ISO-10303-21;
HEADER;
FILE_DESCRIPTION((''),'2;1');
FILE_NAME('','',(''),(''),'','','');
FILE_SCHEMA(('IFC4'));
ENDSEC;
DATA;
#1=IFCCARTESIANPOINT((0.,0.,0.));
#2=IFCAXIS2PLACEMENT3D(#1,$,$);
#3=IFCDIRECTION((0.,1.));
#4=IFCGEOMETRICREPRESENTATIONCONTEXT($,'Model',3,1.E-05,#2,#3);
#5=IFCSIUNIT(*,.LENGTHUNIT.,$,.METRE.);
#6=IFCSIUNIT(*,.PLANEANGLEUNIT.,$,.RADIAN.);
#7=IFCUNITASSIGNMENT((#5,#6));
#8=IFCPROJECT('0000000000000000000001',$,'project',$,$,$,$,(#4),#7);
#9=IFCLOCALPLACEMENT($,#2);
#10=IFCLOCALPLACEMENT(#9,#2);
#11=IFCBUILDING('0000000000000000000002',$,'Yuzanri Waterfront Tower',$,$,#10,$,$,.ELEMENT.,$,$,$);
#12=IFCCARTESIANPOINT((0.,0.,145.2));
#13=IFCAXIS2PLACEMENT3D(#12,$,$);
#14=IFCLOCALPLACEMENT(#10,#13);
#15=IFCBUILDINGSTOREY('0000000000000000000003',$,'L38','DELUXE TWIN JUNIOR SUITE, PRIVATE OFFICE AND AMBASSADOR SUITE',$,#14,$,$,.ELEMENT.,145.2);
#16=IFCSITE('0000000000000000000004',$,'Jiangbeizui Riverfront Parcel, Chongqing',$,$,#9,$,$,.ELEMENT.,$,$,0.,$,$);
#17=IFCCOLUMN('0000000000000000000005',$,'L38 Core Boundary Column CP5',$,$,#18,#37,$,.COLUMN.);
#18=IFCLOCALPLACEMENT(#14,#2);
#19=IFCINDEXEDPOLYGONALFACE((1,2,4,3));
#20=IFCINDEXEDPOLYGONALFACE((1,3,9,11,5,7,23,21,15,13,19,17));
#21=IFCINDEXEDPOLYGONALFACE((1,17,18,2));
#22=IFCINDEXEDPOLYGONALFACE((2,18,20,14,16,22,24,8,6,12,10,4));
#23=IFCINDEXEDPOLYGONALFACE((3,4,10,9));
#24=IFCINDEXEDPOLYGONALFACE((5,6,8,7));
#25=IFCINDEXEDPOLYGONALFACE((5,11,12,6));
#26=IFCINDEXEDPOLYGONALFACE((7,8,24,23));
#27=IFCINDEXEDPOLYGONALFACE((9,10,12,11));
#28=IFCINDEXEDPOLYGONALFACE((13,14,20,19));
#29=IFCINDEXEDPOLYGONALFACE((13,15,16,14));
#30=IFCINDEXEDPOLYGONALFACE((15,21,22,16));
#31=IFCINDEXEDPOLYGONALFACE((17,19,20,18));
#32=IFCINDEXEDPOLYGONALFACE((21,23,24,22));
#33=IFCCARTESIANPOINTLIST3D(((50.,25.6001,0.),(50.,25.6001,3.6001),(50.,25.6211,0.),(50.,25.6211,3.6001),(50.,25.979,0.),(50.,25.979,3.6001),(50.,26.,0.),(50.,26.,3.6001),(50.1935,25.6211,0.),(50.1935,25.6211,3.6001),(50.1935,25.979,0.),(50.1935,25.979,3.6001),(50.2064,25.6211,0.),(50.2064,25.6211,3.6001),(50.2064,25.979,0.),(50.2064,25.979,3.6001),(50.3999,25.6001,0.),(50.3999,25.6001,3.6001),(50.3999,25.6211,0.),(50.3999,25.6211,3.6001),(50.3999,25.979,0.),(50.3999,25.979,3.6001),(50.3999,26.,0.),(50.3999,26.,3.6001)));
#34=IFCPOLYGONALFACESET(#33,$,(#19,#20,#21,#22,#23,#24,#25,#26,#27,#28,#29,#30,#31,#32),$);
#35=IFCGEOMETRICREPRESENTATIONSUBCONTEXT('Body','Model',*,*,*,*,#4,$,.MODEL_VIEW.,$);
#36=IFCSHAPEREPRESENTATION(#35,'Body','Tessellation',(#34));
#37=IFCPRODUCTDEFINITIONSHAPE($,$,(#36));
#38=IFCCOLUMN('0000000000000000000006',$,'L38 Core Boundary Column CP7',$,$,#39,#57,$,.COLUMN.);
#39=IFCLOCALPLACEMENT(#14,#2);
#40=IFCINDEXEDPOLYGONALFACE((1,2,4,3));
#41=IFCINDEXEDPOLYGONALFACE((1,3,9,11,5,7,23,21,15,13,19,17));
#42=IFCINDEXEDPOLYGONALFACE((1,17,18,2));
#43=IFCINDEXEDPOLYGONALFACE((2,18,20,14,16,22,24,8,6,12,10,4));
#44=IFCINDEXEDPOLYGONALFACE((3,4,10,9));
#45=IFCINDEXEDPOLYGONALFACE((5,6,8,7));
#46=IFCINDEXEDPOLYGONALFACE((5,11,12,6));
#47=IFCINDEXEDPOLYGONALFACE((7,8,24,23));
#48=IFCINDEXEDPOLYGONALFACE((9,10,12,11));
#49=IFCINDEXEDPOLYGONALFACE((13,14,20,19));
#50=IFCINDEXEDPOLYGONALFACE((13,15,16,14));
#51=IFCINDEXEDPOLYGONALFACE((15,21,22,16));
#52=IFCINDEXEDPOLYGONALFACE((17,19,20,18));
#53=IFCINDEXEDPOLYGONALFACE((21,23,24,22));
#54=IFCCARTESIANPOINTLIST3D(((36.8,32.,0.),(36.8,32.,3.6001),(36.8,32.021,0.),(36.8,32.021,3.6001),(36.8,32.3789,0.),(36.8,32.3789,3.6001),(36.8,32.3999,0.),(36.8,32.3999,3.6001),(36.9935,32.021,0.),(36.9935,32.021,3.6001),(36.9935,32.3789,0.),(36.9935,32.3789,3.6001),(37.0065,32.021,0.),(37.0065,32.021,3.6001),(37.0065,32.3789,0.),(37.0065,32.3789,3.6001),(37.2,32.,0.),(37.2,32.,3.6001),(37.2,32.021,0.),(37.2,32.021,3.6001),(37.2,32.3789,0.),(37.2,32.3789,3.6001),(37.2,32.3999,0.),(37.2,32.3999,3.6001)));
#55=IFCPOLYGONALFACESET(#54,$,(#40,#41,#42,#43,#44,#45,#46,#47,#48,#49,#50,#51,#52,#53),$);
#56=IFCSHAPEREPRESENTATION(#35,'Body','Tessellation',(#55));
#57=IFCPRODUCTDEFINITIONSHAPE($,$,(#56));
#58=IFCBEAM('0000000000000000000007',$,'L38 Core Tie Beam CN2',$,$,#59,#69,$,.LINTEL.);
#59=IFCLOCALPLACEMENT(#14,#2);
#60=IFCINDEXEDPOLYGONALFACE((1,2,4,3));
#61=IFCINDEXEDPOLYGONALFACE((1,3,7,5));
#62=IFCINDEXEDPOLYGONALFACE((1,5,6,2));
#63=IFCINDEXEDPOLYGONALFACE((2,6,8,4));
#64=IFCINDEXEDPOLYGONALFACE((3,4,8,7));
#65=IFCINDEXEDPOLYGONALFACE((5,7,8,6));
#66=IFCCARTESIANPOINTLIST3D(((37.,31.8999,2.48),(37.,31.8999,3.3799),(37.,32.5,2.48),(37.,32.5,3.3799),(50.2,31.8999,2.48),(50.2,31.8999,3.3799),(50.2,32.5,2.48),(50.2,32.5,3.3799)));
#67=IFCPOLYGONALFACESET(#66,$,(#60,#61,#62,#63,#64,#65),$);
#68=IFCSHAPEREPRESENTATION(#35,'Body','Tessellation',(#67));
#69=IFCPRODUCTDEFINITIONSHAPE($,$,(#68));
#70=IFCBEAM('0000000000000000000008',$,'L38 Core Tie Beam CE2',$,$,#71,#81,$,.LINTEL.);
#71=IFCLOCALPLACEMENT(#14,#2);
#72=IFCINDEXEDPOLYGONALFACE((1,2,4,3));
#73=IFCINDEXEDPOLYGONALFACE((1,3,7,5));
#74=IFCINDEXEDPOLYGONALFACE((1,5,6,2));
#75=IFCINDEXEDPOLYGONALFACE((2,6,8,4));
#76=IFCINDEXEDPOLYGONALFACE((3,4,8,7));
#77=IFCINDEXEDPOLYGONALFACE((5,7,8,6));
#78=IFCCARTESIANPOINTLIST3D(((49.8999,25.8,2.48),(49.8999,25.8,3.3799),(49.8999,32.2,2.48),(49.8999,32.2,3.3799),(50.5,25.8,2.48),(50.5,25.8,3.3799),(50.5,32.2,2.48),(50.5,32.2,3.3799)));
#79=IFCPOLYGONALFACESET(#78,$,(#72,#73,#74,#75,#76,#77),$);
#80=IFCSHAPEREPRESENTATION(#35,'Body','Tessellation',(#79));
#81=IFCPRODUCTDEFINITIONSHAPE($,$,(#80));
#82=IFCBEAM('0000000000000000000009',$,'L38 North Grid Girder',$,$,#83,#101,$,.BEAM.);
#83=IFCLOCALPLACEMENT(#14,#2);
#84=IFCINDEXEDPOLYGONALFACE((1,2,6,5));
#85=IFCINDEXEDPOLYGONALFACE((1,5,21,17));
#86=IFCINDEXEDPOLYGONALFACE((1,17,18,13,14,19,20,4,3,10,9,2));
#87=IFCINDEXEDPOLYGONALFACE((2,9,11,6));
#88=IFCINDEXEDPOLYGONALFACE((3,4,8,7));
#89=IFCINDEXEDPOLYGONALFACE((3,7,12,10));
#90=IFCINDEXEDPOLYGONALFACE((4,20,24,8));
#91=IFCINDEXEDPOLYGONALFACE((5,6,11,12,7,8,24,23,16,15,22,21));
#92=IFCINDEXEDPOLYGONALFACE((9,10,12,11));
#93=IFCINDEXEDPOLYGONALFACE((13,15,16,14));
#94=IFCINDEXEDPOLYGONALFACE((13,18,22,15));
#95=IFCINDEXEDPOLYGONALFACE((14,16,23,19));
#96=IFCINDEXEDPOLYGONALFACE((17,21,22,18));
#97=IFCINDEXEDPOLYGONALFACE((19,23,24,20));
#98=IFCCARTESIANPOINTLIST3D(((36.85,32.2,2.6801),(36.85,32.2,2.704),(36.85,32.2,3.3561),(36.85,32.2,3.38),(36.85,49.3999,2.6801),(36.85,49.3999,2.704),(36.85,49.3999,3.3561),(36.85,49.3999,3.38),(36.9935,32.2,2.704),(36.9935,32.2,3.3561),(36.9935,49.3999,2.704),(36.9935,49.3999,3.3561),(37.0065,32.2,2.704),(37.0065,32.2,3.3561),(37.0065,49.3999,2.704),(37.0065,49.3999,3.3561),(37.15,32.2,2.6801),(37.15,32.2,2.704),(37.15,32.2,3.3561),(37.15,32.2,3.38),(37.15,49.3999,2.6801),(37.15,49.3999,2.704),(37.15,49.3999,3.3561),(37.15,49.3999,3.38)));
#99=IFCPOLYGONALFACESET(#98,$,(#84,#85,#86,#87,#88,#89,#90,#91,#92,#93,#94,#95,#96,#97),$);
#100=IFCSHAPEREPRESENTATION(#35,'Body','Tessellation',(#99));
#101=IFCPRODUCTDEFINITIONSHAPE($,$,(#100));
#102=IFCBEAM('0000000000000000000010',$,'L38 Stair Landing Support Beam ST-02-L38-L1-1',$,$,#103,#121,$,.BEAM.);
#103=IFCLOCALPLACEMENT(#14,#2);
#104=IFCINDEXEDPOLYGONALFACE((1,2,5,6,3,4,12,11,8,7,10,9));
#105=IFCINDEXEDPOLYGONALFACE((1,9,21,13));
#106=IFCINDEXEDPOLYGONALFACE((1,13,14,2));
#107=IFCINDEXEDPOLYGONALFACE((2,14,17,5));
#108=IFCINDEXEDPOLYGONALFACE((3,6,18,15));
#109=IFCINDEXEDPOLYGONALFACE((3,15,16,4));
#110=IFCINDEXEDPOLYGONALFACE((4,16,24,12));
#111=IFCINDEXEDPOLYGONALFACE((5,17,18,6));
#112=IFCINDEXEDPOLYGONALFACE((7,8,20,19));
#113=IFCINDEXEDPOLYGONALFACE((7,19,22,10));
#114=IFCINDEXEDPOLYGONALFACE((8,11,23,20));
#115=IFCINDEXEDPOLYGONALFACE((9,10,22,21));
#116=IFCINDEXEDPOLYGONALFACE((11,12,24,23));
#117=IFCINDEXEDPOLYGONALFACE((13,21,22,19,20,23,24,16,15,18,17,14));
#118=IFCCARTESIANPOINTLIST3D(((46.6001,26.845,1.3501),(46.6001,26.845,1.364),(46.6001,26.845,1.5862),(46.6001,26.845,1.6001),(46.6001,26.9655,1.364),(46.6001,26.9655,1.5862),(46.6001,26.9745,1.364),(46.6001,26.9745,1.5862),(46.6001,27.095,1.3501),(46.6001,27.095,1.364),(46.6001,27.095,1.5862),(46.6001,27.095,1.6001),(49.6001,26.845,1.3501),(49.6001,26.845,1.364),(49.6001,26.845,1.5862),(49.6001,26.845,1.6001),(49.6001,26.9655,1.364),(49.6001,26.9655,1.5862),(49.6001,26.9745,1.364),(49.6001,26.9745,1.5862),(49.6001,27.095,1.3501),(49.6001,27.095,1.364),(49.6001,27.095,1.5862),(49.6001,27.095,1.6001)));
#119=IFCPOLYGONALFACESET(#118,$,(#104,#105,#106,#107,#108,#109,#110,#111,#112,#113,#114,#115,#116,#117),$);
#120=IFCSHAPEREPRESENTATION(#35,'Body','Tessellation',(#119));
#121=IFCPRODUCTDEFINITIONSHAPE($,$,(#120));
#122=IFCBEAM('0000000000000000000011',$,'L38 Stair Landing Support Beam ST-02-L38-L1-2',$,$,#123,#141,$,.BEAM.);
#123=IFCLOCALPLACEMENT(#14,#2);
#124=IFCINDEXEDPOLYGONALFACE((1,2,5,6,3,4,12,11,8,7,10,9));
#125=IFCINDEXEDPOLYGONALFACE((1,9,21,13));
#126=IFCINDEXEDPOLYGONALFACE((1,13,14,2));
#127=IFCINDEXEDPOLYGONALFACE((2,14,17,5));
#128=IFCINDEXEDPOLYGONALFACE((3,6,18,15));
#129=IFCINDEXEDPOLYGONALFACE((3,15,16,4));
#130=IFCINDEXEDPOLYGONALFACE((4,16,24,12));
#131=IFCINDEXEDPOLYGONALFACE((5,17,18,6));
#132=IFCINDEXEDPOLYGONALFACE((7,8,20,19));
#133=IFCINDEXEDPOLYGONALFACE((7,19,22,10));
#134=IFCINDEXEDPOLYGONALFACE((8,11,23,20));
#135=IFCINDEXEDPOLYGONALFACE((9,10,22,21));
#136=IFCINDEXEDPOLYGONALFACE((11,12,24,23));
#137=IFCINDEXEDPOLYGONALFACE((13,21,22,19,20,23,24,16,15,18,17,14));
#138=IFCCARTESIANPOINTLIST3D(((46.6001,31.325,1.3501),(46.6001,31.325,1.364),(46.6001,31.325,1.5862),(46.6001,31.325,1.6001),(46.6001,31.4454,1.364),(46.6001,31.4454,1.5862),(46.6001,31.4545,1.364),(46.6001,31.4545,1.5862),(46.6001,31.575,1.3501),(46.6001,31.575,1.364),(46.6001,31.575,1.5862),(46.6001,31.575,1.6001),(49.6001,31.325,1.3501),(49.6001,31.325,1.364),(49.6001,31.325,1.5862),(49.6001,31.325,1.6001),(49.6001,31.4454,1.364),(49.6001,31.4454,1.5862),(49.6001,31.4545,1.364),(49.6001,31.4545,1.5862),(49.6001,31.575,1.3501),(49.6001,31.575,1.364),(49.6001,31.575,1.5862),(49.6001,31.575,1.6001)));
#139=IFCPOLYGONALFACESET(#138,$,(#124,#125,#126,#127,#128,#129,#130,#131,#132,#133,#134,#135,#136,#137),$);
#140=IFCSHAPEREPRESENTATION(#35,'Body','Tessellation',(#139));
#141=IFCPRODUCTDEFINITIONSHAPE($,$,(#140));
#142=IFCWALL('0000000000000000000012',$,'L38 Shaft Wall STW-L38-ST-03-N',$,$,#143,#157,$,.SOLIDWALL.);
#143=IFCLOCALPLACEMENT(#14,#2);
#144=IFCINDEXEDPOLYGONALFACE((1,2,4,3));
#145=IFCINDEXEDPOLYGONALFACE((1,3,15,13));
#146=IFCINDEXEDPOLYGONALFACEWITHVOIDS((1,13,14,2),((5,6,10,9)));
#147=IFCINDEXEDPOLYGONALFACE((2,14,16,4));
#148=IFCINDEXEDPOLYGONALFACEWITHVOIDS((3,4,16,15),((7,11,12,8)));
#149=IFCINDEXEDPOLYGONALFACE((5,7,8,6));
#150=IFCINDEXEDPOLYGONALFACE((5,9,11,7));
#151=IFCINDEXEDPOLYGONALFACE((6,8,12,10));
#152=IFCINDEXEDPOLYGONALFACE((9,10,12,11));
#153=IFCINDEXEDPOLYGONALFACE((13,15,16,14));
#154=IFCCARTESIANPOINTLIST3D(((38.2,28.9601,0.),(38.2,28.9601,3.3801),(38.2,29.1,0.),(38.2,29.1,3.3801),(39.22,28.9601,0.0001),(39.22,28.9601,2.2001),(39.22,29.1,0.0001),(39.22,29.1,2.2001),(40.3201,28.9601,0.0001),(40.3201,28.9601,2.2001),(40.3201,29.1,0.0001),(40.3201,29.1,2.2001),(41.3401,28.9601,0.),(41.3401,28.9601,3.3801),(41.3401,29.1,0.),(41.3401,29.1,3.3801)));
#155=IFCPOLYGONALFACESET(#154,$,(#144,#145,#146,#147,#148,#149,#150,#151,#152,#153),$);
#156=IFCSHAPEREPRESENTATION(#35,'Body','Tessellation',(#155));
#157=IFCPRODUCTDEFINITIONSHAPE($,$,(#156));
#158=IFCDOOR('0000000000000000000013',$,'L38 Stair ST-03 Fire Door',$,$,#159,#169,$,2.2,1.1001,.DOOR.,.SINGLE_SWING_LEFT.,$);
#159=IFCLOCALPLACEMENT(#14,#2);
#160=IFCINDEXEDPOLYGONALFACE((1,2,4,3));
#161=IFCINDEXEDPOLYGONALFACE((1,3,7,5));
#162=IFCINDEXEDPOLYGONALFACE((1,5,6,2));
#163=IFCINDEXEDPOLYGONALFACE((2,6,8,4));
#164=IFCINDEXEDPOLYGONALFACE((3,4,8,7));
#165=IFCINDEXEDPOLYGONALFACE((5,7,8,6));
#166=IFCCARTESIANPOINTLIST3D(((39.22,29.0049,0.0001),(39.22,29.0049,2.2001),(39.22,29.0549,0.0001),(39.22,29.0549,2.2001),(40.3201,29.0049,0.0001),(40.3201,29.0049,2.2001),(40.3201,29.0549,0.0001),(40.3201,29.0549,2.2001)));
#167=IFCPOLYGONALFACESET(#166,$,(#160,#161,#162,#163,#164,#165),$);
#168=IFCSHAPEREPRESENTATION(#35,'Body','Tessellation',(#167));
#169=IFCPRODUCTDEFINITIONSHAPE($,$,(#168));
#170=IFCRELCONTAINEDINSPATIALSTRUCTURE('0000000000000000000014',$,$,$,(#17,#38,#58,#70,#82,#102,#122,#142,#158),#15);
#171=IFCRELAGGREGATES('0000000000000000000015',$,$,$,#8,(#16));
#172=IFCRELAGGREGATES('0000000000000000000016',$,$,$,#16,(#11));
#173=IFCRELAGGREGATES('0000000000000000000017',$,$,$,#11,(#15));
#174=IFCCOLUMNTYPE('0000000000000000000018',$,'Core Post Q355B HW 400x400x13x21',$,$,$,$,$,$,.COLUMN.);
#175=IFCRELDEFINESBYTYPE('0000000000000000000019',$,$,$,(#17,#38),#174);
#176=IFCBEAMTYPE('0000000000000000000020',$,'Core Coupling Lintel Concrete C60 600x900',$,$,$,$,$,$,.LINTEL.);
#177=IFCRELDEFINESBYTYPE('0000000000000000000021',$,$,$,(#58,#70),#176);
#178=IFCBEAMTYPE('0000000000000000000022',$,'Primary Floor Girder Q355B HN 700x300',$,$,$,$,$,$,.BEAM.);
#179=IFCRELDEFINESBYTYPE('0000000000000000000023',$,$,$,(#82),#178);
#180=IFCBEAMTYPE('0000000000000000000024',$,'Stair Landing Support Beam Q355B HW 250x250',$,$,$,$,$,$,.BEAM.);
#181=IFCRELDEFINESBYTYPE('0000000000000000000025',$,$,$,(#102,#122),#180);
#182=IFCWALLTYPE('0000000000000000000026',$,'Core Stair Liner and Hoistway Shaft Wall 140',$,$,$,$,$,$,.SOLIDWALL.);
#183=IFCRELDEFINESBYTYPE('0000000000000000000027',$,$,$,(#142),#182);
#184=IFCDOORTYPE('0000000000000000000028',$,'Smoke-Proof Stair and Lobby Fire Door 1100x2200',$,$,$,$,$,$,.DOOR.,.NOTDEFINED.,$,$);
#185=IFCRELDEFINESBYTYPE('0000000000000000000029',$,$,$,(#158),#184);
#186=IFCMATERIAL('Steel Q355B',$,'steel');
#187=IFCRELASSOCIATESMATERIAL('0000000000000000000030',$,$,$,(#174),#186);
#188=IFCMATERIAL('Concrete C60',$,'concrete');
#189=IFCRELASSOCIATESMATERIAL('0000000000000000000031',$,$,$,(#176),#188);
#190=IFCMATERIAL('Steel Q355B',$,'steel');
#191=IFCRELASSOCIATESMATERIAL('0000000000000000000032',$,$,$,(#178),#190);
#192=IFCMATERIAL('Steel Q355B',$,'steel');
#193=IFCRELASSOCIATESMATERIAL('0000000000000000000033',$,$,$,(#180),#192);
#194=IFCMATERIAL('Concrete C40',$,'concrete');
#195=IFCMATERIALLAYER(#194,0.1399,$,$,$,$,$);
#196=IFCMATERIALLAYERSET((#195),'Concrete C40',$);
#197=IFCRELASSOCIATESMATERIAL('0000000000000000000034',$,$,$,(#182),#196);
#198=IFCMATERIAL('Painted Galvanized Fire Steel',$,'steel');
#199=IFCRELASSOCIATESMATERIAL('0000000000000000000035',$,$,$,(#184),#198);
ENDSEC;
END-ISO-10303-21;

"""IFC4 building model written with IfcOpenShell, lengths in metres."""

from ifc_helpers import new_model, si_unit, direction, frame, frame_2d, origin, origin_2d, place, context, subcontext, project, spatial, rectangle, i_section, extrude, source, transform, mapped, material, layer, layer_set, material_profile, profile_set, type_object, element, fill, save


model = new_model("IFC4")

# Units and contexts
model_context = context("Model", 3, precision=1e-05, world=origin(), true_north=direction((0.0, 1.0)))
body_context = subcontext(model_context, "Body", "Model", "MODEL_VIEW")
ifc_project = project(units=[si_unit("LENGTHUNIT", "METRE"), si_unit("PLANEANGLEUNIT", "RADIAN")], contexts=[model_context])

# Site, building, storey
site_placement = place(None, origin())
site = spatial("IfcSite", under=ifc_project, at=site_placement, Name="Jiangbeizui Riverfront Parcel, Chongqing", CompositionType="ELEMENT", RefElevation=0.0)
building_placement = place(site_placement, origin())
building = spatial("IfcBuilding", under=site, at=building_placement, Name="Yuzanri Waterfront Tower", CompositionType="ELEMENT")
storey_placement = place(building_placement, frame((0.0, 0.0, 145.2)))
storey = spatial("IfcBuildingStorey", under=building, at=storey_placement, Name="L38", Description="DELUXE TWIN JUNIOR SUITE, PRIVATE OFFICE AND AMBASSADOR SUITE", CompositionType="ELEMENT", Elevation=145.2)

# Columns
ifc_material_1 = material(Name="Steel Q355B", Category="steel")
ifc_material_profile_1 = material_profile(ifc_material_1, i_section(OverallWidth=0.3999, OverallDepth=0.3999, WebThickness=0.0129, FlangeThickness=0.021, at=origin_2d()), Name="HW 400x400x13x21")
ifc_profile_set_1 = profile_set([ifc_material_profile_1], Name="Steel Q355B")
column_type = type_object("IfcColumnType", Name="Core Post Q355B HW 400x400x13x21", PredefinedType="COLUMN", material=ifc_profile_set_1)
shared_shape_1 = source(origin(), body_context, "Body", "SweptSolid", [
    extrude(i_section(OverallWidth=0.3999, OverallDepth=0.3999, WebThickness=0.0129, FlangeThickness=0.021, at=origin_2d()), origin(), (0.0, 0.0, 1.0), 3.6001),
])
for number, where, z_axis, x_axis, name in (
    (1, (50.2, 25.8, 0.0), (0.0, 0.0, 1.0), (1.0, 0.0, 0.0), "L38 Core Boundary Column CP5"),
    (2, (37.0, 32.2, 0.0), (0.0, 0.0, 1.0), (1.0, 0.0, 0.0), "L38 Core Boundary Column CP7"),
):
    element("IfcColumn", number, at=place(storey_placement, frame(where, z_axis=z_axis, x_axis=x_axis)), inside=storey, type_object=column_type, Name=name, PredefinedType="COLUMN", context=body_context, shape_type="MappedRepresentation", body=[
        mapped(shared_shape_1, transform((0.0, 0.0, 0.0), scale=1.0)),
    ])

# Beams
ifc_material_2 = material(Name="Concrete C60", Category="concrete")
ifc_material_profile_2 = material_profile(ifc_material_2, rectangle(XDim=0.6001, YDim=0.8999, at=origin_2d()), Name="RC 600x900")
ifc_profile_set_2 = profile_set([ifc_material_profile_2], Name="Concrete C60")
beam_type_1 = type_object("IfcBeamType", Name="Core Coupling Lintel Concrete C60 600x900", PredefinedType="LINTEL", material=ifc_profile_set_2)
shared_shape_2 = source(origin(), body_context, "Body", "SweptSolid", [
    extrude(rectangle(XDim=0.6001, YDim=0.8999, at=origin_2d()), origin(), (0.0, 0.0, 1.0), 13.2),
])
beam_1_placement = place(storey_placement, frame((37.0, 32.2, 2.9299), z_axis=(1.0, 0.0, 0.0), x_axis=(0.0, 1.0, 0.0)))
element("IfcBeam", 3, at=beam_1_placement, inside=storey, type_object=beam_type_1, Name="L38 Core Tie Beam CN2", PredefinedType="LINTEL", context=body_context, shape_type="MappedRepresentation", body=[
    mapped(shared_shape_2, transform((0.0, 0.0, 0.0), scale=1.0)),
])
shared_shape_3 = source(origin(), body_context, "Body", "SweptSolid", [
    extrude(rectangle(XDim=0.6001, YDim=0.8999, at=origin_2d()), origin(), (0.0, 0.0, 1.0), 6.3999),
])
beam_2_placement = place(storey_placement, frame((50.2, 25.8, 2.9299), z_axis=(0.0, 1.0, 0.0), x_axis=(-1.0, 0.0, 0.0)))
element("IfcBeam", 4, at=beam_2_placement, inside=storey, type_object=beam_type_1, Name="L38 Core Tie Beam CE2", PredefinedType="LINTEL", context=body_context, shape_type="MappedRepresentation", body=[
    mapped(shared_shape_3, transform((0.0, 0.0, 0.0), scale=1.0)),
])
ifc_material_3 = material(Name="Steel Q355B", Category="steel")
ifc_material_profile_3 = material_profile(ifc_material_3, i_section(OverallWidth=0.3, OverallDepth=0.7, WebThickness=0.0129, FlangeThickness=0.0239, at=origin_2d()), Name="HN 700x300x13x24")
ifc_profile_set_3 = profile_set([ifc_material_profile_3], Name="Steel Q355B")
beam_type_2 = type_object("IfcBeamType", Name="Primary Floor Girder Q355B HN 700x300", PredefinedType="BEAM", material=ifc_profile_set_3)
shared_shape_4 = source(origin(), body_context, "Body", "SweptSolid", [
    extrude(i_section(OverallWidth=0.3, OverallDepth=0.7, WebThickness=0.0129, FlangeThickness=0.0239, at=origin_2d()), origin(), (0.0, 0.0, 1.0), 17.2),
])
beam_3_placement = place(storey_placement, frame((37.0, 32.2, 3.03), z_axis=(0.0, 1.0, 0.0), x_axis=(-1.0, 0.0, 0.0)))
element("IfcBeam", 5, at=beam_3_placement, inside=storey, type_object=beam_type_2, Name="L38 North Grid Girder", PredefinedType="BEAM", context=body_context, shape_type="MappedRepresentation", body=[
    mapped(shared_shape_4, transform((0.0, 0.0, 0.0), scale=1.0)),
])
ifc_material_4 = material(Name="Steel Q355B", Category="steel")
ifc_material_profile_4 = material_profile(ifc_material_4, i_section(OverallWidth=0.25, OverallDepth=0.25, WebThickness=0.009, FlangeThickness=0.0139, at=origin_2d()), Name="HW 250x250x9x14")
ifc_profile_set_4 = profile_set([ifc_material_profile_4], Name="Steel Q355B")
beam_type_3 = type_object("IfcBeamType", Name="Stair Landing Support Beam Q355B HW 250x250", PredefinedType="BEAM", material=ifc_profile_set_4)
shared_shape_5 = source(origin(), body_context, "Body", "SweptSolid", [
    extrude(i_section(OverallWidth=0.25, OverallDepth=0.25, WebThickness=0.009, FlangeThickness=0.0139, at=origin_2d()), origin(), (0.0, 0.0, 1.0), 3.0),
])
for number, where, z_axis, x_axis, name in (
    (6, (46.6001, 26.97, 1.4751), (1.0, 0.0, 0.0), (0.0, 1.0, 0.0), "L38 Stair Landing Support Beam ST-02-L38-L1-1"),
    (7, (46.6001, 31.45, 1.4751), (1.0, 0.0, 0.0), (0.0, 1.0, 0.0), "L38 Stair Landing Support Beam ST-02-L38-L1-2"),
):
    element("IfcBeam", number, at=place(storey_placement, frame(where, z_axis=z_axis, x_axis=x_axis)), inside=storey, type_object=beam_type_3, Name=name, PredefinedType="BEAM", context=body_context, shape_type="MappedRepresentation", body=[
        mapped(shared_shape_5, transform((0.0, 0.0, 0.0), scale=1.0)),
    ])

# Wall, opening, door
ifc_material_5 = material(Name="Concrete C40", Category="concrete")
ifc_layer_1 = layer(ifc_material_5, 0.1399)
ifc_layer_set_1 = layer_set([ifc_layer_1], Name="Concrete C40")
wall_type = type_object("IfcWallType", Name="Core Stair Liner and Hoistway Shaft Wall 140", PredefinedType="SOLIDWALL", material=ifc_layer_set_1)
wall_1_placement = place(storey_placement, frame((38.2, 29.03, 0.0), z_axis=(0.0, 0.0, 1.0), x_axis=(1.0, 0.0, 0.0)))
wall_1 = element("IfcWall", 8, at=wall_1_placement, inside=storey, type_object=wall_type, Name="L38 Shaft Wall STW-L38-ST-03-N", PredefinedType="SOLIDWALL", context=body_context, shape_type="SweptSolid", body=[
    extrude(rectangle(XDim=3.1401, YDim=0.1399, at=frame_2d((1.5701, 0.0))), origin(), (0.0, 0.0, 1.0), 3.3801),
])
opening_placement = place(wall_1_placement, frame((1.02, 0.0, 0.0)))
opening = element("IfcOpeningElement", 9, at=opening_placement, cuts=wall_1, PredefinedType="OPENING", context=body_context, shape_type="SweptSolid", body=[
    extrude(rectangle(XDim=1.1001, YDim=2.2, at=frame_2d((0.55, 1.1001))), frame((0.0, 0.085, 0.0), z_axis=(0.0, -1.0, 0.0), x_axis=(1.0, 0.0, 0.0)), (0.0, 0.0, 1.0), 0.1697),
])
ifc_material_6 = material(Name="Painted Galvanized Fire Steel", Category="steel")
door_type = type_object("IfcDoorType", Name="Smoke-Proof Stair and Lobby Fire Door 1100x2200", OperationType="NOTDEFINED", PredefinedType="DOOR", material=ifc_material_6)
shared_shape_6 = source(origin(), body_context, "Body", "SweptSolid", [
    extrude(rectangle(XDim=1.1001, YDim=2.2, at=frame_2d((0.55, 1.1001))), frame((0.0, 0.0249, 0.0), z_axis=(0.0, -1.0, 0.0), x_axis=(1.0, 0.0, 0.0)), (0.0, 0.0, 1.0), 0.05),
])
door_placement = place(opening_placement, origin())
door = element("IfcDoor", 10, at=door_placement, inside=storey, type_object=door_type, Name="L38 Stair ST-03 Fire Door", OperationType="SINGLE_SWING_LEFT", OverallHeight=2.2, OverallWidth=1.1001, PredefinedType="DOOR", context=body_context, shape_type="MappedRepresentation", body=[
    mapped(shared_shape_6, transform((0.0, 0.0, 0.0), scale=1.0)),
])
fill(opening, door)

save(model, "model.ifc")
